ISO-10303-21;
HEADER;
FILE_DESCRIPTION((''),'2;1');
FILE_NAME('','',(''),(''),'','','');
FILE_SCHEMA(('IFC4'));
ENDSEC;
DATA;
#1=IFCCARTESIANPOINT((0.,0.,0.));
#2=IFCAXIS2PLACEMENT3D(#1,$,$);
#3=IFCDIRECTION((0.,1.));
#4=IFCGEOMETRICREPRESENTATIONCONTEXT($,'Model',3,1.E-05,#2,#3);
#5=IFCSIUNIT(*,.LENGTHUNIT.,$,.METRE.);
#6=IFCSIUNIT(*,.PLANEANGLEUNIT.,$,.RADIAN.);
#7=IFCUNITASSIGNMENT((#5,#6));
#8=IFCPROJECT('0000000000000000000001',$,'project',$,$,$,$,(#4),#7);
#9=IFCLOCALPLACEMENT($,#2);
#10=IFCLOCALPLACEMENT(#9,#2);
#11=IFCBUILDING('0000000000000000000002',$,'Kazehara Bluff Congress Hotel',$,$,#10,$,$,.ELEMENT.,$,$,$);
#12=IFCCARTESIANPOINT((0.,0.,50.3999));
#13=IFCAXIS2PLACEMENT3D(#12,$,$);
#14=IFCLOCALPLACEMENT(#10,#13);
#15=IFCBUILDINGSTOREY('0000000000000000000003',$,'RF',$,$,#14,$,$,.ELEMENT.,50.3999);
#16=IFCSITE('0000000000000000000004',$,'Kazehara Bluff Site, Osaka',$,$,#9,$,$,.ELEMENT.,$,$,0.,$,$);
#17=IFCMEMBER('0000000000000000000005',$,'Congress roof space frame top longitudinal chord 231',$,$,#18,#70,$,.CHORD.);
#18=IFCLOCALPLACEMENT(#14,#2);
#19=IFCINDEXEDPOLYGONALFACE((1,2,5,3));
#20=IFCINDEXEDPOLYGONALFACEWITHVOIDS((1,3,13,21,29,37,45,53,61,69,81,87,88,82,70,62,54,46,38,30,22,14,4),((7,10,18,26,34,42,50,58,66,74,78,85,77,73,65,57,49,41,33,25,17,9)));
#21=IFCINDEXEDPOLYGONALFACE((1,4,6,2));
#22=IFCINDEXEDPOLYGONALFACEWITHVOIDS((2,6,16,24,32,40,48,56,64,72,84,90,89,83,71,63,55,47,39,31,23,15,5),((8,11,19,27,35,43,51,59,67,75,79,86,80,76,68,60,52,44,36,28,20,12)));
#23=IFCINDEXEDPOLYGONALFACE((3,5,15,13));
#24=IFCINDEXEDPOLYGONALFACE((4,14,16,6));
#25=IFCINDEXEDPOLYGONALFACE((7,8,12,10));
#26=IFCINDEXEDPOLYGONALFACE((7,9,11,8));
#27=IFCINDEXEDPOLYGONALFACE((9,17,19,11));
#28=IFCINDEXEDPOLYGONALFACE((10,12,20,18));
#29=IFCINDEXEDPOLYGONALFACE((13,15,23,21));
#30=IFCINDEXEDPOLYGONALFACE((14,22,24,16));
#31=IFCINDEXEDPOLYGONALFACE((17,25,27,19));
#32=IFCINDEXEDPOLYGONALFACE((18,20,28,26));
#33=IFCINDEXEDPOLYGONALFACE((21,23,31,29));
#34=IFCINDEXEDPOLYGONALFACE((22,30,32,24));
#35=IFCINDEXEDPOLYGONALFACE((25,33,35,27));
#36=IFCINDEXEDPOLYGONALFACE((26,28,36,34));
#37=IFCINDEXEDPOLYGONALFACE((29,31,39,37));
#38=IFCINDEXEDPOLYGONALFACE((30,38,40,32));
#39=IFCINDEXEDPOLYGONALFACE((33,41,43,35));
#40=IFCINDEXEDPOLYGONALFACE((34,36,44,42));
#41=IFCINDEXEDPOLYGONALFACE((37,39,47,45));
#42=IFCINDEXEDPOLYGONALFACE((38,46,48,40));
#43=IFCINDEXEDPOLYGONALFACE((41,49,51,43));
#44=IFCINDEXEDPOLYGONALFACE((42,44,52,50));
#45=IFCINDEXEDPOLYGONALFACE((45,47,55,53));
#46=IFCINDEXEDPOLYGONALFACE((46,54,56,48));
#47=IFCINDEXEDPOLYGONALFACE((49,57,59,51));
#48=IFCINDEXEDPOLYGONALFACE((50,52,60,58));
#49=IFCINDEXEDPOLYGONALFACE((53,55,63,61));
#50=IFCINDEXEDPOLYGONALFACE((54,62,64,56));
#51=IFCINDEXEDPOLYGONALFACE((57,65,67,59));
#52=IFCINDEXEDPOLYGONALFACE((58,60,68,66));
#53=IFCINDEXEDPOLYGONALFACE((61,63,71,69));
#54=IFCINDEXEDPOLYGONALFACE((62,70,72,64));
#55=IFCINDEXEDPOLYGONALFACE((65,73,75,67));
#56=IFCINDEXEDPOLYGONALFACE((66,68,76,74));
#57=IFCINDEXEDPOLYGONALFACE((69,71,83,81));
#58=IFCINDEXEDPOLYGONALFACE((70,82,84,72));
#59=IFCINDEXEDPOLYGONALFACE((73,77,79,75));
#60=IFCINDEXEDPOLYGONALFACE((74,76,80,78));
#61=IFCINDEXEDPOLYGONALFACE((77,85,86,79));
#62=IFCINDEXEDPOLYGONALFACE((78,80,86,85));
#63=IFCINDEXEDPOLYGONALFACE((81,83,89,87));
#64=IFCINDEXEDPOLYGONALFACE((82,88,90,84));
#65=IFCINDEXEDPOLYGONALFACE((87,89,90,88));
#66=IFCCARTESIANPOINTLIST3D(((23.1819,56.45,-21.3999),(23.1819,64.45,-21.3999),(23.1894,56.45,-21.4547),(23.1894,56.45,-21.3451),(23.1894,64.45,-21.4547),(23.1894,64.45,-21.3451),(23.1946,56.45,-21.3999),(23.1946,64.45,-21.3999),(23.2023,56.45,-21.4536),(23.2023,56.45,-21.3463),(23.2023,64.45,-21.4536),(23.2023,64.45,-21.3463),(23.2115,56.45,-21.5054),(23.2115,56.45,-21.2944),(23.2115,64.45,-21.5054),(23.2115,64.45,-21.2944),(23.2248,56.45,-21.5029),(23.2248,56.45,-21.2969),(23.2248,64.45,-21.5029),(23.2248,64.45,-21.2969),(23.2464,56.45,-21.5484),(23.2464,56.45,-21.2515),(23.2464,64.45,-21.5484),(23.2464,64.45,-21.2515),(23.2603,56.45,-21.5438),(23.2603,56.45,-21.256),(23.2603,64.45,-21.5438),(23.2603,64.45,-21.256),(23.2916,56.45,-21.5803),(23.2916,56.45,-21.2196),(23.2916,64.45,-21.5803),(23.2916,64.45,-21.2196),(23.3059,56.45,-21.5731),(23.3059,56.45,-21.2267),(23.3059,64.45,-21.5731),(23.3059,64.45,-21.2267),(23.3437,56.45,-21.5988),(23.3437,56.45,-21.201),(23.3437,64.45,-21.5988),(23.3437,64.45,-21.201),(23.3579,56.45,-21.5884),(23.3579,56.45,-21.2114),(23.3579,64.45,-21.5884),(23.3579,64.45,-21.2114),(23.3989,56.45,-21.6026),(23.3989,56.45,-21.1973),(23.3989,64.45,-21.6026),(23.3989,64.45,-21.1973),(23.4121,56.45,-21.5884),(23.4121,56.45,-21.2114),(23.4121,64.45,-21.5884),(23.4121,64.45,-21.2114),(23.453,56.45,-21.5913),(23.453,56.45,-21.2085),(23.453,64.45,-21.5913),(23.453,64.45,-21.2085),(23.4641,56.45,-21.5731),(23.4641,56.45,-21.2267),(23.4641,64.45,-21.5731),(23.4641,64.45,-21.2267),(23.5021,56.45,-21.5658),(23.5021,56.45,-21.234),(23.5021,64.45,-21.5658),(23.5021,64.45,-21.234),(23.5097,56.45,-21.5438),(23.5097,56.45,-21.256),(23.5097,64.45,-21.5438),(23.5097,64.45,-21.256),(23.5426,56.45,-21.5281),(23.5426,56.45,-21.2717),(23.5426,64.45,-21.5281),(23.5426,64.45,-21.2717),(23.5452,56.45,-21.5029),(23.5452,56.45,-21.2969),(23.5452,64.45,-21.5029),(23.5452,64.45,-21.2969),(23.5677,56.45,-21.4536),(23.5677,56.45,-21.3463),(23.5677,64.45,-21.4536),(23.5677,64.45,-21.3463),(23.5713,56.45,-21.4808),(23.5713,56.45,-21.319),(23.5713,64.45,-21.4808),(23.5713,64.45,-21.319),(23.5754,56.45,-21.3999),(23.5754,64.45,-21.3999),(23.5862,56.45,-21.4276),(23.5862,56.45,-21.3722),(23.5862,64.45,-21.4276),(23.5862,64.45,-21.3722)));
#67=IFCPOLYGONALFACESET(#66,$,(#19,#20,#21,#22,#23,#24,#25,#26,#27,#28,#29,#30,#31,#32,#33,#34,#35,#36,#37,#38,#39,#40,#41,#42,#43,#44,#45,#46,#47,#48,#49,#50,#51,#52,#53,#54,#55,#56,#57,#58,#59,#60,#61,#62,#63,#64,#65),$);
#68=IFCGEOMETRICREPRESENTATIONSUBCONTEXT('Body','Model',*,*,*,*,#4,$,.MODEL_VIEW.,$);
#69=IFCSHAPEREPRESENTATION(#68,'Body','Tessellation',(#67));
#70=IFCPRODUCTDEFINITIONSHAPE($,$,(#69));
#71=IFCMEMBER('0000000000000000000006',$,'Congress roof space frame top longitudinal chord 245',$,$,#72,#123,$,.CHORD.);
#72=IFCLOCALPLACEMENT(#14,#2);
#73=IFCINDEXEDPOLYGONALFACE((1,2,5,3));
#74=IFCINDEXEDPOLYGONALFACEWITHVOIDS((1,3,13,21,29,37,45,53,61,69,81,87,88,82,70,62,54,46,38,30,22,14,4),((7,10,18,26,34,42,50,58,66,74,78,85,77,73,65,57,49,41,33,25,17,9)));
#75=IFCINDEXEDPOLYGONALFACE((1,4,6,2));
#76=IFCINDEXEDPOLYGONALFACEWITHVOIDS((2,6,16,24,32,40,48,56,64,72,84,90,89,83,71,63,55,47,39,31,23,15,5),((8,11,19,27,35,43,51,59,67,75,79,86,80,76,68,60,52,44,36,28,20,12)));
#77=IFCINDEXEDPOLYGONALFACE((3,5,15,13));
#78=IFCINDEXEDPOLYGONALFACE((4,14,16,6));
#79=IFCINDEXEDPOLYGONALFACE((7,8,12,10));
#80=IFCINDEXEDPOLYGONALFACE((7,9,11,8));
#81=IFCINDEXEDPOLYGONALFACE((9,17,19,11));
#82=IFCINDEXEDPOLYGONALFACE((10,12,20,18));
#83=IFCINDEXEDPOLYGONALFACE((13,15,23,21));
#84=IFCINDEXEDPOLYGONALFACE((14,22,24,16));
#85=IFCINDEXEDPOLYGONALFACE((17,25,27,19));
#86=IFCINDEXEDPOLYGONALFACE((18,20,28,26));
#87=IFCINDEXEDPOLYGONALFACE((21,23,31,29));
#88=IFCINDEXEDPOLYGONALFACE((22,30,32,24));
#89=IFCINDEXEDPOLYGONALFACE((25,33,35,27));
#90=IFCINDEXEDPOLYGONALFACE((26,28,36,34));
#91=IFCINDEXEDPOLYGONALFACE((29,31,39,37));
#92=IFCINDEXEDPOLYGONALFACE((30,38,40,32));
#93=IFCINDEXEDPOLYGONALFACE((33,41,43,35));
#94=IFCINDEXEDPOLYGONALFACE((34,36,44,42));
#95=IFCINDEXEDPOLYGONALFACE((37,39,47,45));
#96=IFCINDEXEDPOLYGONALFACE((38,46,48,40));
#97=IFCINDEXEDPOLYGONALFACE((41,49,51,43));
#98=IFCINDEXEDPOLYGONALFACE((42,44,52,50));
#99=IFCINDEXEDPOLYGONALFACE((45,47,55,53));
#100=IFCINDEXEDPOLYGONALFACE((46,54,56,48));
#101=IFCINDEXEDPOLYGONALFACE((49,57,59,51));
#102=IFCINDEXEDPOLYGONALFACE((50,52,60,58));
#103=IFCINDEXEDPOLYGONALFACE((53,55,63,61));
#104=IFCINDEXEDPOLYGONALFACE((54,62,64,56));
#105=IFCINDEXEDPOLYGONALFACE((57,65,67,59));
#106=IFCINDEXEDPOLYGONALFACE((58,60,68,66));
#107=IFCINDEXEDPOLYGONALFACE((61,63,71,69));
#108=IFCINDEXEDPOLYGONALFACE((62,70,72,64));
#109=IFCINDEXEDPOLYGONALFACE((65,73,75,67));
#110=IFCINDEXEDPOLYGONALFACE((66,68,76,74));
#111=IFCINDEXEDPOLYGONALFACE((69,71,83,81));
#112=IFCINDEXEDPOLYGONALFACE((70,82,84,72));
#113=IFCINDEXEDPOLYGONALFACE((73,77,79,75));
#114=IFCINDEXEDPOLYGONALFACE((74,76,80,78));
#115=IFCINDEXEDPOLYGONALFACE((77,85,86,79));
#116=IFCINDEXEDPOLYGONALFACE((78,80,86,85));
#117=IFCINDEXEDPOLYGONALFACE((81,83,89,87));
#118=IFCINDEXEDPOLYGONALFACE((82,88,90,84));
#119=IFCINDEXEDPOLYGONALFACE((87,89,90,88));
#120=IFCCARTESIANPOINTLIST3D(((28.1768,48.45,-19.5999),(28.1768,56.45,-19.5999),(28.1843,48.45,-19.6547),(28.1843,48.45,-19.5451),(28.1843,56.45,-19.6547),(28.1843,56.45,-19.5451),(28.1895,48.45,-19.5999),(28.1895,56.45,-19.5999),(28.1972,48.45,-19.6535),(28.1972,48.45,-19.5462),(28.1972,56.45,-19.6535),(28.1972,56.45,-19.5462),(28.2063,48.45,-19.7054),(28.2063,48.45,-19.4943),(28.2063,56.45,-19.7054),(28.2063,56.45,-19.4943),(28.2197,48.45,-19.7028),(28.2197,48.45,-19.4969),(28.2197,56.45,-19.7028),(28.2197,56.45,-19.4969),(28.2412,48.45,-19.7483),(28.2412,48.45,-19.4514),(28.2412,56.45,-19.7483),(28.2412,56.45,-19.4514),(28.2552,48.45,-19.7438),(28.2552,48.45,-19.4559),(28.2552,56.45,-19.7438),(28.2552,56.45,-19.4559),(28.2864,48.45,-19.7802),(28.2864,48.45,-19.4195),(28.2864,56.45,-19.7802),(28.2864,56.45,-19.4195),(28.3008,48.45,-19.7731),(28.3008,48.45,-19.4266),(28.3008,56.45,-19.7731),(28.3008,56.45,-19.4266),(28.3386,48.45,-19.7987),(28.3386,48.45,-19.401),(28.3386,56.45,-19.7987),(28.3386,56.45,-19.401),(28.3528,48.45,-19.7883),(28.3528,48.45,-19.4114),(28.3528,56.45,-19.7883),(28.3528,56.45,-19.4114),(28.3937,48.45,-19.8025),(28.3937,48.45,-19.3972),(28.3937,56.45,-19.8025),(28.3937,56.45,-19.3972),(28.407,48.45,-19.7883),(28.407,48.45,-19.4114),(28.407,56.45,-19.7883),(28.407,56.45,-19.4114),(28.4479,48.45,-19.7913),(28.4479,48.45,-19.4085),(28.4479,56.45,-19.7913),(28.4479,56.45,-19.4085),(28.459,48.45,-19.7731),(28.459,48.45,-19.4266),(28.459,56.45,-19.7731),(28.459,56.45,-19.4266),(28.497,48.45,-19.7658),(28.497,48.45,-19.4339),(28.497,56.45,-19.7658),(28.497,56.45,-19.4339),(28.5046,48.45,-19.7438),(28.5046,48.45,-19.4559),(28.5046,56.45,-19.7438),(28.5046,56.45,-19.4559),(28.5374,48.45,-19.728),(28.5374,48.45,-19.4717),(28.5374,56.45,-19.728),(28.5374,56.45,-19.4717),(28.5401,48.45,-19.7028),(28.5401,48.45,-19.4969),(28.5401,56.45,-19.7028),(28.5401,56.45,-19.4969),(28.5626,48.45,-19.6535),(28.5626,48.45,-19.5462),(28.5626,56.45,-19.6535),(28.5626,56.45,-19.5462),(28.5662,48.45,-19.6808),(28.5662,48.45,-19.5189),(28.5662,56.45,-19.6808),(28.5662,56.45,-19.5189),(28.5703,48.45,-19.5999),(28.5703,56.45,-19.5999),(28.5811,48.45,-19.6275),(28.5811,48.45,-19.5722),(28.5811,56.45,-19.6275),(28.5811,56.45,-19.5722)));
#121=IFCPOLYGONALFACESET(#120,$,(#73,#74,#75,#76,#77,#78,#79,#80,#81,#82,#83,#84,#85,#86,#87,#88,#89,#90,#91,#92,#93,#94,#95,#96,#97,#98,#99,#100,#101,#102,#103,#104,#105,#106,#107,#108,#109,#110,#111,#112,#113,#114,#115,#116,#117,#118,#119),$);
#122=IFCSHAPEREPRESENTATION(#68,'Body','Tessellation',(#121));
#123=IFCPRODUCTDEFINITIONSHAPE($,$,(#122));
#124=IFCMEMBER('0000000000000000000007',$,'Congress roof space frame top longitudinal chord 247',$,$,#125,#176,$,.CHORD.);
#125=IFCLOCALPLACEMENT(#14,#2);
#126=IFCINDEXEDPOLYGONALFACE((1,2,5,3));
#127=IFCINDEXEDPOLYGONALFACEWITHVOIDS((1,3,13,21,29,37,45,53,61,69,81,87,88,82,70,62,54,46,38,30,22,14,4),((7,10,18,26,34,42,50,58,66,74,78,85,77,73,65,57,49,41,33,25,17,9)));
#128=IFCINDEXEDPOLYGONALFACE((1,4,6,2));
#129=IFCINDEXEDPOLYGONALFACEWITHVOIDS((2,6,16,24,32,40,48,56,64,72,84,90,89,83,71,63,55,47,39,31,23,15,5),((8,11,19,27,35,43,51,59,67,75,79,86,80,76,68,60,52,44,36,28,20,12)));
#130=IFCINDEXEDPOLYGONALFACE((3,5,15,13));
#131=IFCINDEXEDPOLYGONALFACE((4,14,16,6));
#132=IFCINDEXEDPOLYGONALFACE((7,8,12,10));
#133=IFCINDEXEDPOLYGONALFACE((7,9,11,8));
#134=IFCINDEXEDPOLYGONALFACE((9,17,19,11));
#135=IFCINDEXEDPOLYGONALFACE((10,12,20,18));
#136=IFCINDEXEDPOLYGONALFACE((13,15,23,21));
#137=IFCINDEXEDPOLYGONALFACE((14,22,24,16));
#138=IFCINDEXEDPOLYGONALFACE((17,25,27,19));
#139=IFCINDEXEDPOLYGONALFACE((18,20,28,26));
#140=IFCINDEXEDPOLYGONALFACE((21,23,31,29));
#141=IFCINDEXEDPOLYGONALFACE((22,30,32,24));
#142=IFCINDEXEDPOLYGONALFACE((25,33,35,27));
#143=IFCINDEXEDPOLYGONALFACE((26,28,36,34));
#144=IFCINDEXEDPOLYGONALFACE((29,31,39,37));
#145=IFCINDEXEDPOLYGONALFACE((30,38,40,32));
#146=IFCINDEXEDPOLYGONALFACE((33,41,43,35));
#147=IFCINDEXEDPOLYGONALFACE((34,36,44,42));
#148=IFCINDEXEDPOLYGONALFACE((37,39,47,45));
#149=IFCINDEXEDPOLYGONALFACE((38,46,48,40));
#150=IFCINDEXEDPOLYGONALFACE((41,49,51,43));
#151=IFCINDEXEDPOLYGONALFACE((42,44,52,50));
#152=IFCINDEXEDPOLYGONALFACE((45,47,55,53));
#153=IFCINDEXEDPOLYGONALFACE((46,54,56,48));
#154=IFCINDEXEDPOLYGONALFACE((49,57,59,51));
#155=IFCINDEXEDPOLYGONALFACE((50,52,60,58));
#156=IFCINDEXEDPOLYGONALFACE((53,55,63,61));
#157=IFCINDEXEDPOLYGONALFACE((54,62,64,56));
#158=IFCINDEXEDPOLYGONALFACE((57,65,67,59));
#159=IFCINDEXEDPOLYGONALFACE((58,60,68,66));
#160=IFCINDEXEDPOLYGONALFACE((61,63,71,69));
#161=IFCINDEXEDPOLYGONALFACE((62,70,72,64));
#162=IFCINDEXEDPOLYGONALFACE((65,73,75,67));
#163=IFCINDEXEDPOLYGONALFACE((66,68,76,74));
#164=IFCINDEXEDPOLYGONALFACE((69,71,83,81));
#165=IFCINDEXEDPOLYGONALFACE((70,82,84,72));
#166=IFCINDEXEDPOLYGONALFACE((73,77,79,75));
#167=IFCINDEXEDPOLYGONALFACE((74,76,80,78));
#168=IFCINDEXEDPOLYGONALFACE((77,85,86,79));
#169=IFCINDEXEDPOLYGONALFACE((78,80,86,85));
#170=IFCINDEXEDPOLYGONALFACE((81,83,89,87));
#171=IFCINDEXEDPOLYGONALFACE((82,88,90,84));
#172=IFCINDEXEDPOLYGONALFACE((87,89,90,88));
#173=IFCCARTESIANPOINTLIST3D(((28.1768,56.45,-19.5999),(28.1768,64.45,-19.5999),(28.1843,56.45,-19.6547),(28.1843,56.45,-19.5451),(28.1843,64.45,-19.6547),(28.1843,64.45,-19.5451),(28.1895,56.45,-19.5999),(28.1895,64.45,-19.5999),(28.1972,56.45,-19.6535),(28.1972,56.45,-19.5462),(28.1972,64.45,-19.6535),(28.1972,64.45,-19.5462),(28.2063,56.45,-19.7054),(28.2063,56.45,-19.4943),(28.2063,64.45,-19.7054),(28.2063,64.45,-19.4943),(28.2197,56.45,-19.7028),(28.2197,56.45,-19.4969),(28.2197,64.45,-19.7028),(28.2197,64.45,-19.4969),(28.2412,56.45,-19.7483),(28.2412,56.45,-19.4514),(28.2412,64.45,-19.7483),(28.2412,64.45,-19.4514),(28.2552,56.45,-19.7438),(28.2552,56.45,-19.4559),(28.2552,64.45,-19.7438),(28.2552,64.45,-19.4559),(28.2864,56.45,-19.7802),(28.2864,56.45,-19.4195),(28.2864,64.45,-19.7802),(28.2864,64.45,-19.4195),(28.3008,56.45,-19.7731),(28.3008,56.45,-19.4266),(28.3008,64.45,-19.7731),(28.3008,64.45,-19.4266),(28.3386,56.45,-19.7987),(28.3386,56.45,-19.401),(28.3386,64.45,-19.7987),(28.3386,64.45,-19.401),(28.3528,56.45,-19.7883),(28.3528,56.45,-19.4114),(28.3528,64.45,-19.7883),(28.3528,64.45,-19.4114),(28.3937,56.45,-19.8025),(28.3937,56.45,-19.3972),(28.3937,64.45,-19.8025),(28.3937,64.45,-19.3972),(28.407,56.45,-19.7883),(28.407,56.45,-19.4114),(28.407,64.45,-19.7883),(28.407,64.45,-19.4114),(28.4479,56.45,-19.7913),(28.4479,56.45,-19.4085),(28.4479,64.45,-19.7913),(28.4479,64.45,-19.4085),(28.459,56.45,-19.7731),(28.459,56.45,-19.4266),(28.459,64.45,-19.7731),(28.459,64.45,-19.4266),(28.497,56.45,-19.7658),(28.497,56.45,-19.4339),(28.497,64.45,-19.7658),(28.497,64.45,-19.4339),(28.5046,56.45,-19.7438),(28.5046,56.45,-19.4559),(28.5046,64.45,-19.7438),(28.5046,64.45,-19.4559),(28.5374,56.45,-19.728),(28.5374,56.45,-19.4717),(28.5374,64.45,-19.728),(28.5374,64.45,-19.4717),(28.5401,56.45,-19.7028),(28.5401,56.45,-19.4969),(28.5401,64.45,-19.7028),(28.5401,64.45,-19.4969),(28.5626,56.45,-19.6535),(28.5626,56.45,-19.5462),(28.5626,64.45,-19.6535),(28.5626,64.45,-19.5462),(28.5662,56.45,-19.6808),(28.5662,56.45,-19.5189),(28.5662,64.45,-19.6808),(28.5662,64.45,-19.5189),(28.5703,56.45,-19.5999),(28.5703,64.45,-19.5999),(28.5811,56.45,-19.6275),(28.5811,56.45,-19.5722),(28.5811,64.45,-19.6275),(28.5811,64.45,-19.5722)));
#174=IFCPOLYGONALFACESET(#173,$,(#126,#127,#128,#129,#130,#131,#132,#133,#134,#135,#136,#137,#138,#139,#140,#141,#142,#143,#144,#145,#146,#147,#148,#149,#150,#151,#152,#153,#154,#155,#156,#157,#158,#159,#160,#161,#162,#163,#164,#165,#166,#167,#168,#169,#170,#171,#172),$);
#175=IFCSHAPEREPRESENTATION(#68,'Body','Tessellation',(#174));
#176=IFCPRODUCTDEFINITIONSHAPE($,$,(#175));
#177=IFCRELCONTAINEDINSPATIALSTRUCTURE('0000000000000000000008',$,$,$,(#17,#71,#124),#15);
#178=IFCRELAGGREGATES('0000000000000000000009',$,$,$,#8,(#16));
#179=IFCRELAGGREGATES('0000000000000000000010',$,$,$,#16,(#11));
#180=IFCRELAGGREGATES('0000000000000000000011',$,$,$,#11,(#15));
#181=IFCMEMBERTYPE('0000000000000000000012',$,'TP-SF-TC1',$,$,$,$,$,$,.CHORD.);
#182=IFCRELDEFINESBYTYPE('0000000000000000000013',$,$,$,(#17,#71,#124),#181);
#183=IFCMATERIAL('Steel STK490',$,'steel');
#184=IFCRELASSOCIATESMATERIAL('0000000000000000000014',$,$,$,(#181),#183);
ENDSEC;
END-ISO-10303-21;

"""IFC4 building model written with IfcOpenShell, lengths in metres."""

from ifc_helpers import new_model, si_unit, direction, frame, origin, origin_2d, place, context, subcontext, project, spatial, hollow_circle, extrude, material, material_profile, profile_set, type_object, element, save


model = new_model("IFC4")

# Units and contexts
model_context = context("Model", 3, precision=1e-05, world=origin(), true_north=direction((0.0, 1.0)))
body_context = subcontext(model_context, "Body", "Model", "MODEL_VIEW")
ifc_project = project(units=[si_unit("LENGTHUNIT", "METRE"), si_unit("PLANEANGLEUNIT", "RADIAN")], contexts=[model_context])

# Site, building, storey
site_placement = place(None, origin())
site = spatial("IfcSite", under=ifc_project, at=site_placement, Name="Kazehara Bluff Site, Osaka", CompositionType="ELEMENT", RefElevation=0.0)
building_placement = place(site_placement, origin())
building = spatial("IfcBuilding", under=site, at=building_placement, Name="Kazehara Bluff Congress Hotel", CompositionType="ELEMENT")
storey_placement = place(building_placement, frame((0.0, 0.0, 50.3999)))
storey = spatial("IfcBuildingStorey", under=building, at=storey_placement, Name="RF", CompositionType="ELEMENT", Elevation=50.3999)

# Members
ifc_material_1 = material(Name="Steel STK490", Category="steel")
ifc_material_profile_1 = material_profile(ifc_material_1, hollow_circle(Radius=0.2031, WallThickness=0.0127, at=origin_2d()))
ifc_profile_set_1 = profile_set([ifc_material_profile_1], Name="Steel STK490")
member_type_1 = type_object("IfcMemberType", Name="TP-SF-TC1", PredefinedType="CHORD", material=ifc_profile_set_1)
for number, where, z_axis, x_axis, name in (
    (1, (23.385, 56.45, -21.3999), (0.0, 1.0, 0.0), (-1.0, 0.0, 0.0), "Congress roof space frame top longitudinal chord 231"),
    (2, (28.3799, 48.45, -19.5999), (0.0, 1.0, 0.0), (-1.0, 0.0, 0.0), "Congress roof space frame top longitudinal chord 245"),
    (3, (28.3799, 56.45, -19.5999), (0.0, 1.0, 0.0), (-1.0, 0.0, 0.0), "Congress roof space frame top longitudinal chord 247"),
):
    element("IfcMember", number, at=place(storey_placement, frame(where, z_axis=z_axis, x_axis=x_axis)), inside=storey, type_object=member_type_1, Name=name, PredefinedType="CHORD", context=body_context, shape_type="SweptSolid", body=[
        extrude(hollow_circle(Radius=0.2031, WallThickness=0.0127, at=origin_2d()), origin(), (0.0, 0.0, 1.0), 8.0),
    ])

save(model, "model.ifc")
